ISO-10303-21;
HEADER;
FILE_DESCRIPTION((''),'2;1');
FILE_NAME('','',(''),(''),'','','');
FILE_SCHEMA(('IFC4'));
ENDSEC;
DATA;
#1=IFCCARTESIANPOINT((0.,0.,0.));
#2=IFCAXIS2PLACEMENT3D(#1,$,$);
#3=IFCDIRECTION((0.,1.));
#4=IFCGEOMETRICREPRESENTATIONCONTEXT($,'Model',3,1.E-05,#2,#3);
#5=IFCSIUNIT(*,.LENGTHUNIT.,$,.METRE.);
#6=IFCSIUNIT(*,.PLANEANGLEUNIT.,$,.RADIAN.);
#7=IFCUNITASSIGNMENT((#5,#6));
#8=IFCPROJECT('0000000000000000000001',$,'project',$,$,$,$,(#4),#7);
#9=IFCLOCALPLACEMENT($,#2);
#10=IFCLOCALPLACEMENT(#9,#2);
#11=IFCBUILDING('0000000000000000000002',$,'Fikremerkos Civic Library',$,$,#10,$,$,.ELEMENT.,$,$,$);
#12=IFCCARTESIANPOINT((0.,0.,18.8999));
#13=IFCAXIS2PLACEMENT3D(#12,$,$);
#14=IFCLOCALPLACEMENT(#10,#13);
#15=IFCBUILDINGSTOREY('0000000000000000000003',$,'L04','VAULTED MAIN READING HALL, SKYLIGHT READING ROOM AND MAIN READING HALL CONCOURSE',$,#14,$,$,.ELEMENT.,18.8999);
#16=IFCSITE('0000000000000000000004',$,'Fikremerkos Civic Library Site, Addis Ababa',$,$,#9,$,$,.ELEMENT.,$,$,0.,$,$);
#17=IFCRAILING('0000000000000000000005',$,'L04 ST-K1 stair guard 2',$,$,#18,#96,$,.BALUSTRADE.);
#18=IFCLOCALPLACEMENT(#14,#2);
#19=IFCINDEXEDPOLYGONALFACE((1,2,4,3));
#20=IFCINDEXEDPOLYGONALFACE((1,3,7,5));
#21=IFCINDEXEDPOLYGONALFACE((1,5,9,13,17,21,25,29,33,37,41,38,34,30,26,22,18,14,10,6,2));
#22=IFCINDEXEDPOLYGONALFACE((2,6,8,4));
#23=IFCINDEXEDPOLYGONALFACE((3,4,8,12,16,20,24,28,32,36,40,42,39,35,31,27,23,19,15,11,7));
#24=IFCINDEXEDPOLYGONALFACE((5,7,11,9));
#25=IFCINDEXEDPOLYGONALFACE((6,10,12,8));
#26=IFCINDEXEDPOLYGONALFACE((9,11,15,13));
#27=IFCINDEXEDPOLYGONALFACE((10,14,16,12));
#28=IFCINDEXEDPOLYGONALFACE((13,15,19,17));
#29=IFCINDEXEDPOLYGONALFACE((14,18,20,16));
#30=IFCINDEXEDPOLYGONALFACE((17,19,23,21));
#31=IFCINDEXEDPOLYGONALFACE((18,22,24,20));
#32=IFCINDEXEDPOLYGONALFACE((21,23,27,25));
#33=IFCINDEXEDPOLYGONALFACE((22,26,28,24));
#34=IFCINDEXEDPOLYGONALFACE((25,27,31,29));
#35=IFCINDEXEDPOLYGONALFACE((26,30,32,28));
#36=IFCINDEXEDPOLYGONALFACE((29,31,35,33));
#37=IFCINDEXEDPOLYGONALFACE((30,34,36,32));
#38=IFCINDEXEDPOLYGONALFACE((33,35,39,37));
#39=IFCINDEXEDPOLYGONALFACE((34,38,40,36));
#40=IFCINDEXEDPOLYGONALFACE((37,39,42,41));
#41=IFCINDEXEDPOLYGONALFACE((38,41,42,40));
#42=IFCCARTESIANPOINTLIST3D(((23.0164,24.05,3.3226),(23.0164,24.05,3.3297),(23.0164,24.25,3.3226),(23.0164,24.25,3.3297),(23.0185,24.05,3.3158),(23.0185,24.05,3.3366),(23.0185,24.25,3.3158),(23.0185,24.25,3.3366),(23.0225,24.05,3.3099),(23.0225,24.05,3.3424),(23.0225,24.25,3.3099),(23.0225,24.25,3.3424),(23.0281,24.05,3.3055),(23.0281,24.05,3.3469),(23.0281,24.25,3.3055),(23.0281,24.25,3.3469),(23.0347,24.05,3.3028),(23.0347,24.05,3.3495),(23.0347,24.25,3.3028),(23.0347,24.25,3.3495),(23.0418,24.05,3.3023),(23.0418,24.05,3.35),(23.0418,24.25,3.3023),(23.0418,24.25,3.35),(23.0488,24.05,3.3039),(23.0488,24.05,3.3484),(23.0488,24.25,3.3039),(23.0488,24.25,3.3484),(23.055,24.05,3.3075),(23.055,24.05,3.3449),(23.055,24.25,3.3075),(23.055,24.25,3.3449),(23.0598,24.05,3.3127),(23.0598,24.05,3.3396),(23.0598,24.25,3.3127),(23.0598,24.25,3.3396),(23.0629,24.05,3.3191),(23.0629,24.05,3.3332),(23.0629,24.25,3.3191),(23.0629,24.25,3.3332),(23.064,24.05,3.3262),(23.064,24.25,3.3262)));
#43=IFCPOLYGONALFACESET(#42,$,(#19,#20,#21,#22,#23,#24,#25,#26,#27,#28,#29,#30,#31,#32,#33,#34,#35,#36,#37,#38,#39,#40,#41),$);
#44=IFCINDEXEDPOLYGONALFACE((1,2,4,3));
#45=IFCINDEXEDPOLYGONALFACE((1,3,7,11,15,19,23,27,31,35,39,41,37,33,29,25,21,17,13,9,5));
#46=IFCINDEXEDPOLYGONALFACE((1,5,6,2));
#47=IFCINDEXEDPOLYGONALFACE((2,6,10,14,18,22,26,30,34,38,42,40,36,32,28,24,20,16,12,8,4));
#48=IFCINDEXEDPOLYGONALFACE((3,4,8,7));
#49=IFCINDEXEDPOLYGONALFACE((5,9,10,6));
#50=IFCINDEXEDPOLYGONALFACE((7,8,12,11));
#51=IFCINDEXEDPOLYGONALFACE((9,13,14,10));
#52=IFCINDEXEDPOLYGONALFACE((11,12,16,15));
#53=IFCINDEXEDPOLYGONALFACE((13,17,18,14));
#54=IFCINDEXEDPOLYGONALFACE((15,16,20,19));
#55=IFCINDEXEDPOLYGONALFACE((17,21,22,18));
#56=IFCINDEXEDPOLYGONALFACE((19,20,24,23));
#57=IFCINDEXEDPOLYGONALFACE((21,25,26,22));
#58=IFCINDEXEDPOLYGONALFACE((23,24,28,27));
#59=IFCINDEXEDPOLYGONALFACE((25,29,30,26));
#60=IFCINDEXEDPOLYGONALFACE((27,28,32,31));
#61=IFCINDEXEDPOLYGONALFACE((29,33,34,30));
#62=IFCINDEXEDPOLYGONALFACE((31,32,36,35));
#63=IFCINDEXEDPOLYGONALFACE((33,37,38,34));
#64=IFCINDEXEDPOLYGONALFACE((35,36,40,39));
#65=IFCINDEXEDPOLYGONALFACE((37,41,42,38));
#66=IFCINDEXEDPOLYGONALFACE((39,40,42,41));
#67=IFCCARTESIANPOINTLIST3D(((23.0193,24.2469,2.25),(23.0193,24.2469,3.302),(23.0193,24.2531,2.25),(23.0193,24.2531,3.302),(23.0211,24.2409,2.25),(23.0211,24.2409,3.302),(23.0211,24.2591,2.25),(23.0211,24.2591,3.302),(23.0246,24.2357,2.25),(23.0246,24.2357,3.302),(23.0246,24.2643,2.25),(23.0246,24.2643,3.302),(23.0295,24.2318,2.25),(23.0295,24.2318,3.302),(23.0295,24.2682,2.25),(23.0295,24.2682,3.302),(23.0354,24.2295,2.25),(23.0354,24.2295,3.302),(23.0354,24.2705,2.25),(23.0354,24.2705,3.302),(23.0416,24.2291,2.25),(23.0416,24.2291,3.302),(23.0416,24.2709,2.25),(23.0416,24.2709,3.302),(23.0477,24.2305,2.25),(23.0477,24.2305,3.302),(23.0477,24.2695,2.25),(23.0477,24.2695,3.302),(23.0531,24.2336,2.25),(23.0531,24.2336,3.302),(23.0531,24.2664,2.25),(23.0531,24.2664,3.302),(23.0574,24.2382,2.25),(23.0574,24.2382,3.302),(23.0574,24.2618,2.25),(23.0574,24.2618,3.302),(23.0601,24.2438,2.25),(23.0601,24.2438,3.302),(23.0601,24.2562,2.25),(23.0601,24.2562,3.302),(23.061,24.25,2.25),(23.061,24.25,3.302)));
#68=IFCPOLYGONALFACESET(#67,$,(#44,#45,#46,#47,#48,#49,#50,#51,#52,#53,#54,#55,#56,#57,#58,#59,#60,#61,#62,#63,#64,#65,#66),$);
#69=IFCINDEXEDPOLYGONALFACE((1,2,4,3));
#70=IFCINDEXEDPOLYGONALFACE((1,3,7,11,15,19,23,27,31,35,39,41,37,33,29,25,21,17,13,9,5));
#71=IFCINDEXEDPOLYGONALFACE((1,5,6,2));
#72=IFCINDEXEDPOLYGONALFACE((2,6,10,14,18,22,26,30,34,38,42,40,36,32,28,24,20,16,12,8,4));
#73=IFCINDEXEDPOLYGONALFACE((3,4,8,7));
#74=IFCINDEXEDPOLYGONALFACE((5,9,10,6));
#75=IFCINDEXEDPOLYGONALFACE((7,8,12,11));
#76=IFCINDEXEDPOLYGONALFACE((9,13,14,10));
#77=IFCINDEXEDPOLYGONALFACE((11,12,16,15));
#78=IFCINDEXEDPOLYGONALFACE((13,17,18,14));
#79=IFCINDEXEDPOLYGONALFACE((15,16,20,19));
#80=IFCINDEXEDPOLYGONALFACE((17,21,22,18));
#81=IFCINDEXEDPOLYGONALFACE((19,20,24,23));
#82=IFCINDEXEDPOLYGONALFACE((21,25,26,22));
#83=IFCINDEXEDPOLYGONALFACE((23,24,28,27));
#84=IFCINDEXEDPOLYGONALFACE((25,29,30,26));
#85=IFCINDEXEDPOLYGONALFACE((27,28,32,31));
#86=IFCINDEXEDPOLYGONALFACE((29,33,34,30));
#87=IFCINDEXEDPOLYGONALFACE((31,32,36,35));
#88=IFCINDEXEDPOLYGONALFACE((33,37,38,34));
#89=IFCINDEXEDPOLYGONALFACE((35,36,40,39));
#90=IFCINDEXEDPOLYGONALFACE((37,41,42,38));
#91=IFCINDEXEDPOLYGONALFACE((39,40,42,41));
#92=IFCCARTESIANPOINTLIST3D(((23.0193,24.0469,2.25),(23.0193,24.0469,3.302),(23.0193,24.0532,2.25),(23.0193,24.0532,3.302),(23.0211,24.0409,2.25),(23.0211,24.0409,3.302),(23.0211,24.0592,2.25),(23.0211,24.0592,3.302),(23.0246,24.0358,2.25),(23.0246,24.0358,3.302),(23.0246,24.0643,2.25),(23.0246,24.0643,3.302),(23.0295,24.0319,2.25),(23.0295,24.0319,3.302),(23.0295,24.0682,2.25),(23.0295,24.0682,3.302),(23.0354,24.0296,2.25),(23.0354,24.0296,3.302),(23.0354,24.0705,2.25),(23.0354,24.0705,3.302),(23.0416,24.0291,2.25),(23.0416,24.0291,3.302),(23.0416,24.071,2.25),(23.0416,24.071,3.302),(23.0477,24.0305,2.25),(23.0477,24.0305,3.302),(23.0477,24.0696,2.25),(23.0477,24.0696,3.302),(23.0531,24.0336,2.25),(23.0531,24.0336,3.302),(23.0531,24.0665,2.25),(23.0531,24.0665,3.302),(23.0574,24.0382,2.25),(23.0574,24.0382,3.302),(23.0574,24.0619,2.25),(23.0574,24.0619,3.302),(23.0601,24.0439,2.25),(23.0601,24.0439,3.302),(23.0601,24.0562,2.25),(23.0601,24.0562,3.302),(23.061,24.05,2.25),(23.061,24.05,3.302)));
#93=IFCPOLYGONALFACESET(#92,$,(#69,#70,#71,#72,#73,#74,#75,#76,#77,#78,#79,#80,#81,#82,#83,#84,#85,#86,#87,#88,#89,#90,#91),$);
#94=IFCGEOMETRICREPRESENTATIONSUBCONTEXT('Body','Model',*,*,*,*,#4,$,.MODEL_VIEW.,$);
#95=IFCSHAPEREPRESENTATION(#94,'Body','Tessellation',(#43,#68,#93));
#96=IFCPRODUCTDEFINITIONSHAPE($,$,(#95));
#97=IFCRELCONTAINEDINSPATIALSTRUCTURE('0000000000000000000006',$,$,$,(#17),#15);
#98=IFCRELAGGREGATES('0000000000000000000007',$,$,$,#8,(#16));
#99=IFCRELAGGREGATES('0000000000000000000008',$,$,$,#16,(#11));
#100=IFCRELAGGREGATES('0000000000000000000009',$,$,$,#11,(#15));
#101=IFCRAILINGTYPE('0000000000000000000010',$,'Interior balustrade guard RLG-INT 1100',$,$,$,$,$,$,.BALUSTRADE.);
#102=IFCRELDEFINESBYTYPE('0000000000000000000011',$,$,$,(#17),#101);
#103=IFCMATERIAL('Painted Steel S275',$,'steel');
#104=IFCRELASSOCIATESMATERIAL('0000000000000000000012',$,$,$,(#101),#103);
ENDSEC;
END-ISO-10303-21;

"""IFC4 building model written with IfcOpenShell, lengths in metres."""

from ifc_helpers import new_model, si_unit, direction, frame, origin, origin_2d, place, context, subcontext, project, spatial, circle, extrude, material, type_object, element, save


model = new_model("IFC4")

# Units and contexts
model_context = context("Model", 3, precision=1e-05, world=origin(), true_north=direction((0.0, 1.0)))
body_context = subcontext(model_context, "Body", "Model", "MODEL_VIEW")
ifc_project = project(units=[si_unit("LENGTHUNIT", "METRE"), si_unit("PLANEANGLEUNIT", "RADIAN")], contexts=[model_context])

# Site, building, storey
site_placement = place(None, origin())
site = spatial("IfcSite", under=ifc_project, at=site_placement, Name="Fikremerkos Civic Library Site, Addis Ababa", CompositionType="ELEMENT", RefElevation=0.0)
building_placement = place(site_placement, origin())
building = spatial("IfcBuilding", under=site, at=building_placement, Name="Fikremerkos Civic Library", CompositionType="ELEMENT")
storey_placement = place(building_placement, frame((0.0, 0.0, 18.8999)))
storey = spatial("IfcBuildingStorey", under=building, at=storey_placement, Name="L04", Description="VAULTED MAIN READING HALL, SKYLIGHT READING ROOM AND MAIN READING HALL CONCOURSE", CompositionType="ELEMENT", Elevation=18.8999)

# Railing
ifc_material_1 = material(Name="Painted Steel S275", Category="steel")
railing_type_1 = type_object("IfcRailingType", Name="Interior balustrade guard RLG-INT 1100", PredefinedType="BALUSTRADE", material=ifc_material_1)
railing_1_placement = place(storey_placement, frame((23.04, 24.25, 2.25)))
element("IfcRailing", 1, at=railing_1_placement, inside=storey, type_object=railing_type_1, Name="L04 ST-K1 stair guard 2", PredefinedType="BALUSTRADE", context=body_context, shape_type="SweptSolid", body=[
    extrude(circle(Radius=0.0239, at=origin_2d()), frame((0.0, 0.0, 1.0762), z_axis=(0.0, -1.0, 0.0), x_axis=(1.0, 0.0, 0.0)), (0.0, 0.0, 1.0), 0.2),
    extrude(circle(Radius=0.021, at=origin_2d()), origin(), (0.0, 0.0, 1.0), 1.052),
    extrude(circle(Radius=0.021, at=origin_2d()), frame((0.0, -0.2, 0.0)), (0.0, 0.0, 1.0), 1.052),
])

save(model, "model.ifc")
